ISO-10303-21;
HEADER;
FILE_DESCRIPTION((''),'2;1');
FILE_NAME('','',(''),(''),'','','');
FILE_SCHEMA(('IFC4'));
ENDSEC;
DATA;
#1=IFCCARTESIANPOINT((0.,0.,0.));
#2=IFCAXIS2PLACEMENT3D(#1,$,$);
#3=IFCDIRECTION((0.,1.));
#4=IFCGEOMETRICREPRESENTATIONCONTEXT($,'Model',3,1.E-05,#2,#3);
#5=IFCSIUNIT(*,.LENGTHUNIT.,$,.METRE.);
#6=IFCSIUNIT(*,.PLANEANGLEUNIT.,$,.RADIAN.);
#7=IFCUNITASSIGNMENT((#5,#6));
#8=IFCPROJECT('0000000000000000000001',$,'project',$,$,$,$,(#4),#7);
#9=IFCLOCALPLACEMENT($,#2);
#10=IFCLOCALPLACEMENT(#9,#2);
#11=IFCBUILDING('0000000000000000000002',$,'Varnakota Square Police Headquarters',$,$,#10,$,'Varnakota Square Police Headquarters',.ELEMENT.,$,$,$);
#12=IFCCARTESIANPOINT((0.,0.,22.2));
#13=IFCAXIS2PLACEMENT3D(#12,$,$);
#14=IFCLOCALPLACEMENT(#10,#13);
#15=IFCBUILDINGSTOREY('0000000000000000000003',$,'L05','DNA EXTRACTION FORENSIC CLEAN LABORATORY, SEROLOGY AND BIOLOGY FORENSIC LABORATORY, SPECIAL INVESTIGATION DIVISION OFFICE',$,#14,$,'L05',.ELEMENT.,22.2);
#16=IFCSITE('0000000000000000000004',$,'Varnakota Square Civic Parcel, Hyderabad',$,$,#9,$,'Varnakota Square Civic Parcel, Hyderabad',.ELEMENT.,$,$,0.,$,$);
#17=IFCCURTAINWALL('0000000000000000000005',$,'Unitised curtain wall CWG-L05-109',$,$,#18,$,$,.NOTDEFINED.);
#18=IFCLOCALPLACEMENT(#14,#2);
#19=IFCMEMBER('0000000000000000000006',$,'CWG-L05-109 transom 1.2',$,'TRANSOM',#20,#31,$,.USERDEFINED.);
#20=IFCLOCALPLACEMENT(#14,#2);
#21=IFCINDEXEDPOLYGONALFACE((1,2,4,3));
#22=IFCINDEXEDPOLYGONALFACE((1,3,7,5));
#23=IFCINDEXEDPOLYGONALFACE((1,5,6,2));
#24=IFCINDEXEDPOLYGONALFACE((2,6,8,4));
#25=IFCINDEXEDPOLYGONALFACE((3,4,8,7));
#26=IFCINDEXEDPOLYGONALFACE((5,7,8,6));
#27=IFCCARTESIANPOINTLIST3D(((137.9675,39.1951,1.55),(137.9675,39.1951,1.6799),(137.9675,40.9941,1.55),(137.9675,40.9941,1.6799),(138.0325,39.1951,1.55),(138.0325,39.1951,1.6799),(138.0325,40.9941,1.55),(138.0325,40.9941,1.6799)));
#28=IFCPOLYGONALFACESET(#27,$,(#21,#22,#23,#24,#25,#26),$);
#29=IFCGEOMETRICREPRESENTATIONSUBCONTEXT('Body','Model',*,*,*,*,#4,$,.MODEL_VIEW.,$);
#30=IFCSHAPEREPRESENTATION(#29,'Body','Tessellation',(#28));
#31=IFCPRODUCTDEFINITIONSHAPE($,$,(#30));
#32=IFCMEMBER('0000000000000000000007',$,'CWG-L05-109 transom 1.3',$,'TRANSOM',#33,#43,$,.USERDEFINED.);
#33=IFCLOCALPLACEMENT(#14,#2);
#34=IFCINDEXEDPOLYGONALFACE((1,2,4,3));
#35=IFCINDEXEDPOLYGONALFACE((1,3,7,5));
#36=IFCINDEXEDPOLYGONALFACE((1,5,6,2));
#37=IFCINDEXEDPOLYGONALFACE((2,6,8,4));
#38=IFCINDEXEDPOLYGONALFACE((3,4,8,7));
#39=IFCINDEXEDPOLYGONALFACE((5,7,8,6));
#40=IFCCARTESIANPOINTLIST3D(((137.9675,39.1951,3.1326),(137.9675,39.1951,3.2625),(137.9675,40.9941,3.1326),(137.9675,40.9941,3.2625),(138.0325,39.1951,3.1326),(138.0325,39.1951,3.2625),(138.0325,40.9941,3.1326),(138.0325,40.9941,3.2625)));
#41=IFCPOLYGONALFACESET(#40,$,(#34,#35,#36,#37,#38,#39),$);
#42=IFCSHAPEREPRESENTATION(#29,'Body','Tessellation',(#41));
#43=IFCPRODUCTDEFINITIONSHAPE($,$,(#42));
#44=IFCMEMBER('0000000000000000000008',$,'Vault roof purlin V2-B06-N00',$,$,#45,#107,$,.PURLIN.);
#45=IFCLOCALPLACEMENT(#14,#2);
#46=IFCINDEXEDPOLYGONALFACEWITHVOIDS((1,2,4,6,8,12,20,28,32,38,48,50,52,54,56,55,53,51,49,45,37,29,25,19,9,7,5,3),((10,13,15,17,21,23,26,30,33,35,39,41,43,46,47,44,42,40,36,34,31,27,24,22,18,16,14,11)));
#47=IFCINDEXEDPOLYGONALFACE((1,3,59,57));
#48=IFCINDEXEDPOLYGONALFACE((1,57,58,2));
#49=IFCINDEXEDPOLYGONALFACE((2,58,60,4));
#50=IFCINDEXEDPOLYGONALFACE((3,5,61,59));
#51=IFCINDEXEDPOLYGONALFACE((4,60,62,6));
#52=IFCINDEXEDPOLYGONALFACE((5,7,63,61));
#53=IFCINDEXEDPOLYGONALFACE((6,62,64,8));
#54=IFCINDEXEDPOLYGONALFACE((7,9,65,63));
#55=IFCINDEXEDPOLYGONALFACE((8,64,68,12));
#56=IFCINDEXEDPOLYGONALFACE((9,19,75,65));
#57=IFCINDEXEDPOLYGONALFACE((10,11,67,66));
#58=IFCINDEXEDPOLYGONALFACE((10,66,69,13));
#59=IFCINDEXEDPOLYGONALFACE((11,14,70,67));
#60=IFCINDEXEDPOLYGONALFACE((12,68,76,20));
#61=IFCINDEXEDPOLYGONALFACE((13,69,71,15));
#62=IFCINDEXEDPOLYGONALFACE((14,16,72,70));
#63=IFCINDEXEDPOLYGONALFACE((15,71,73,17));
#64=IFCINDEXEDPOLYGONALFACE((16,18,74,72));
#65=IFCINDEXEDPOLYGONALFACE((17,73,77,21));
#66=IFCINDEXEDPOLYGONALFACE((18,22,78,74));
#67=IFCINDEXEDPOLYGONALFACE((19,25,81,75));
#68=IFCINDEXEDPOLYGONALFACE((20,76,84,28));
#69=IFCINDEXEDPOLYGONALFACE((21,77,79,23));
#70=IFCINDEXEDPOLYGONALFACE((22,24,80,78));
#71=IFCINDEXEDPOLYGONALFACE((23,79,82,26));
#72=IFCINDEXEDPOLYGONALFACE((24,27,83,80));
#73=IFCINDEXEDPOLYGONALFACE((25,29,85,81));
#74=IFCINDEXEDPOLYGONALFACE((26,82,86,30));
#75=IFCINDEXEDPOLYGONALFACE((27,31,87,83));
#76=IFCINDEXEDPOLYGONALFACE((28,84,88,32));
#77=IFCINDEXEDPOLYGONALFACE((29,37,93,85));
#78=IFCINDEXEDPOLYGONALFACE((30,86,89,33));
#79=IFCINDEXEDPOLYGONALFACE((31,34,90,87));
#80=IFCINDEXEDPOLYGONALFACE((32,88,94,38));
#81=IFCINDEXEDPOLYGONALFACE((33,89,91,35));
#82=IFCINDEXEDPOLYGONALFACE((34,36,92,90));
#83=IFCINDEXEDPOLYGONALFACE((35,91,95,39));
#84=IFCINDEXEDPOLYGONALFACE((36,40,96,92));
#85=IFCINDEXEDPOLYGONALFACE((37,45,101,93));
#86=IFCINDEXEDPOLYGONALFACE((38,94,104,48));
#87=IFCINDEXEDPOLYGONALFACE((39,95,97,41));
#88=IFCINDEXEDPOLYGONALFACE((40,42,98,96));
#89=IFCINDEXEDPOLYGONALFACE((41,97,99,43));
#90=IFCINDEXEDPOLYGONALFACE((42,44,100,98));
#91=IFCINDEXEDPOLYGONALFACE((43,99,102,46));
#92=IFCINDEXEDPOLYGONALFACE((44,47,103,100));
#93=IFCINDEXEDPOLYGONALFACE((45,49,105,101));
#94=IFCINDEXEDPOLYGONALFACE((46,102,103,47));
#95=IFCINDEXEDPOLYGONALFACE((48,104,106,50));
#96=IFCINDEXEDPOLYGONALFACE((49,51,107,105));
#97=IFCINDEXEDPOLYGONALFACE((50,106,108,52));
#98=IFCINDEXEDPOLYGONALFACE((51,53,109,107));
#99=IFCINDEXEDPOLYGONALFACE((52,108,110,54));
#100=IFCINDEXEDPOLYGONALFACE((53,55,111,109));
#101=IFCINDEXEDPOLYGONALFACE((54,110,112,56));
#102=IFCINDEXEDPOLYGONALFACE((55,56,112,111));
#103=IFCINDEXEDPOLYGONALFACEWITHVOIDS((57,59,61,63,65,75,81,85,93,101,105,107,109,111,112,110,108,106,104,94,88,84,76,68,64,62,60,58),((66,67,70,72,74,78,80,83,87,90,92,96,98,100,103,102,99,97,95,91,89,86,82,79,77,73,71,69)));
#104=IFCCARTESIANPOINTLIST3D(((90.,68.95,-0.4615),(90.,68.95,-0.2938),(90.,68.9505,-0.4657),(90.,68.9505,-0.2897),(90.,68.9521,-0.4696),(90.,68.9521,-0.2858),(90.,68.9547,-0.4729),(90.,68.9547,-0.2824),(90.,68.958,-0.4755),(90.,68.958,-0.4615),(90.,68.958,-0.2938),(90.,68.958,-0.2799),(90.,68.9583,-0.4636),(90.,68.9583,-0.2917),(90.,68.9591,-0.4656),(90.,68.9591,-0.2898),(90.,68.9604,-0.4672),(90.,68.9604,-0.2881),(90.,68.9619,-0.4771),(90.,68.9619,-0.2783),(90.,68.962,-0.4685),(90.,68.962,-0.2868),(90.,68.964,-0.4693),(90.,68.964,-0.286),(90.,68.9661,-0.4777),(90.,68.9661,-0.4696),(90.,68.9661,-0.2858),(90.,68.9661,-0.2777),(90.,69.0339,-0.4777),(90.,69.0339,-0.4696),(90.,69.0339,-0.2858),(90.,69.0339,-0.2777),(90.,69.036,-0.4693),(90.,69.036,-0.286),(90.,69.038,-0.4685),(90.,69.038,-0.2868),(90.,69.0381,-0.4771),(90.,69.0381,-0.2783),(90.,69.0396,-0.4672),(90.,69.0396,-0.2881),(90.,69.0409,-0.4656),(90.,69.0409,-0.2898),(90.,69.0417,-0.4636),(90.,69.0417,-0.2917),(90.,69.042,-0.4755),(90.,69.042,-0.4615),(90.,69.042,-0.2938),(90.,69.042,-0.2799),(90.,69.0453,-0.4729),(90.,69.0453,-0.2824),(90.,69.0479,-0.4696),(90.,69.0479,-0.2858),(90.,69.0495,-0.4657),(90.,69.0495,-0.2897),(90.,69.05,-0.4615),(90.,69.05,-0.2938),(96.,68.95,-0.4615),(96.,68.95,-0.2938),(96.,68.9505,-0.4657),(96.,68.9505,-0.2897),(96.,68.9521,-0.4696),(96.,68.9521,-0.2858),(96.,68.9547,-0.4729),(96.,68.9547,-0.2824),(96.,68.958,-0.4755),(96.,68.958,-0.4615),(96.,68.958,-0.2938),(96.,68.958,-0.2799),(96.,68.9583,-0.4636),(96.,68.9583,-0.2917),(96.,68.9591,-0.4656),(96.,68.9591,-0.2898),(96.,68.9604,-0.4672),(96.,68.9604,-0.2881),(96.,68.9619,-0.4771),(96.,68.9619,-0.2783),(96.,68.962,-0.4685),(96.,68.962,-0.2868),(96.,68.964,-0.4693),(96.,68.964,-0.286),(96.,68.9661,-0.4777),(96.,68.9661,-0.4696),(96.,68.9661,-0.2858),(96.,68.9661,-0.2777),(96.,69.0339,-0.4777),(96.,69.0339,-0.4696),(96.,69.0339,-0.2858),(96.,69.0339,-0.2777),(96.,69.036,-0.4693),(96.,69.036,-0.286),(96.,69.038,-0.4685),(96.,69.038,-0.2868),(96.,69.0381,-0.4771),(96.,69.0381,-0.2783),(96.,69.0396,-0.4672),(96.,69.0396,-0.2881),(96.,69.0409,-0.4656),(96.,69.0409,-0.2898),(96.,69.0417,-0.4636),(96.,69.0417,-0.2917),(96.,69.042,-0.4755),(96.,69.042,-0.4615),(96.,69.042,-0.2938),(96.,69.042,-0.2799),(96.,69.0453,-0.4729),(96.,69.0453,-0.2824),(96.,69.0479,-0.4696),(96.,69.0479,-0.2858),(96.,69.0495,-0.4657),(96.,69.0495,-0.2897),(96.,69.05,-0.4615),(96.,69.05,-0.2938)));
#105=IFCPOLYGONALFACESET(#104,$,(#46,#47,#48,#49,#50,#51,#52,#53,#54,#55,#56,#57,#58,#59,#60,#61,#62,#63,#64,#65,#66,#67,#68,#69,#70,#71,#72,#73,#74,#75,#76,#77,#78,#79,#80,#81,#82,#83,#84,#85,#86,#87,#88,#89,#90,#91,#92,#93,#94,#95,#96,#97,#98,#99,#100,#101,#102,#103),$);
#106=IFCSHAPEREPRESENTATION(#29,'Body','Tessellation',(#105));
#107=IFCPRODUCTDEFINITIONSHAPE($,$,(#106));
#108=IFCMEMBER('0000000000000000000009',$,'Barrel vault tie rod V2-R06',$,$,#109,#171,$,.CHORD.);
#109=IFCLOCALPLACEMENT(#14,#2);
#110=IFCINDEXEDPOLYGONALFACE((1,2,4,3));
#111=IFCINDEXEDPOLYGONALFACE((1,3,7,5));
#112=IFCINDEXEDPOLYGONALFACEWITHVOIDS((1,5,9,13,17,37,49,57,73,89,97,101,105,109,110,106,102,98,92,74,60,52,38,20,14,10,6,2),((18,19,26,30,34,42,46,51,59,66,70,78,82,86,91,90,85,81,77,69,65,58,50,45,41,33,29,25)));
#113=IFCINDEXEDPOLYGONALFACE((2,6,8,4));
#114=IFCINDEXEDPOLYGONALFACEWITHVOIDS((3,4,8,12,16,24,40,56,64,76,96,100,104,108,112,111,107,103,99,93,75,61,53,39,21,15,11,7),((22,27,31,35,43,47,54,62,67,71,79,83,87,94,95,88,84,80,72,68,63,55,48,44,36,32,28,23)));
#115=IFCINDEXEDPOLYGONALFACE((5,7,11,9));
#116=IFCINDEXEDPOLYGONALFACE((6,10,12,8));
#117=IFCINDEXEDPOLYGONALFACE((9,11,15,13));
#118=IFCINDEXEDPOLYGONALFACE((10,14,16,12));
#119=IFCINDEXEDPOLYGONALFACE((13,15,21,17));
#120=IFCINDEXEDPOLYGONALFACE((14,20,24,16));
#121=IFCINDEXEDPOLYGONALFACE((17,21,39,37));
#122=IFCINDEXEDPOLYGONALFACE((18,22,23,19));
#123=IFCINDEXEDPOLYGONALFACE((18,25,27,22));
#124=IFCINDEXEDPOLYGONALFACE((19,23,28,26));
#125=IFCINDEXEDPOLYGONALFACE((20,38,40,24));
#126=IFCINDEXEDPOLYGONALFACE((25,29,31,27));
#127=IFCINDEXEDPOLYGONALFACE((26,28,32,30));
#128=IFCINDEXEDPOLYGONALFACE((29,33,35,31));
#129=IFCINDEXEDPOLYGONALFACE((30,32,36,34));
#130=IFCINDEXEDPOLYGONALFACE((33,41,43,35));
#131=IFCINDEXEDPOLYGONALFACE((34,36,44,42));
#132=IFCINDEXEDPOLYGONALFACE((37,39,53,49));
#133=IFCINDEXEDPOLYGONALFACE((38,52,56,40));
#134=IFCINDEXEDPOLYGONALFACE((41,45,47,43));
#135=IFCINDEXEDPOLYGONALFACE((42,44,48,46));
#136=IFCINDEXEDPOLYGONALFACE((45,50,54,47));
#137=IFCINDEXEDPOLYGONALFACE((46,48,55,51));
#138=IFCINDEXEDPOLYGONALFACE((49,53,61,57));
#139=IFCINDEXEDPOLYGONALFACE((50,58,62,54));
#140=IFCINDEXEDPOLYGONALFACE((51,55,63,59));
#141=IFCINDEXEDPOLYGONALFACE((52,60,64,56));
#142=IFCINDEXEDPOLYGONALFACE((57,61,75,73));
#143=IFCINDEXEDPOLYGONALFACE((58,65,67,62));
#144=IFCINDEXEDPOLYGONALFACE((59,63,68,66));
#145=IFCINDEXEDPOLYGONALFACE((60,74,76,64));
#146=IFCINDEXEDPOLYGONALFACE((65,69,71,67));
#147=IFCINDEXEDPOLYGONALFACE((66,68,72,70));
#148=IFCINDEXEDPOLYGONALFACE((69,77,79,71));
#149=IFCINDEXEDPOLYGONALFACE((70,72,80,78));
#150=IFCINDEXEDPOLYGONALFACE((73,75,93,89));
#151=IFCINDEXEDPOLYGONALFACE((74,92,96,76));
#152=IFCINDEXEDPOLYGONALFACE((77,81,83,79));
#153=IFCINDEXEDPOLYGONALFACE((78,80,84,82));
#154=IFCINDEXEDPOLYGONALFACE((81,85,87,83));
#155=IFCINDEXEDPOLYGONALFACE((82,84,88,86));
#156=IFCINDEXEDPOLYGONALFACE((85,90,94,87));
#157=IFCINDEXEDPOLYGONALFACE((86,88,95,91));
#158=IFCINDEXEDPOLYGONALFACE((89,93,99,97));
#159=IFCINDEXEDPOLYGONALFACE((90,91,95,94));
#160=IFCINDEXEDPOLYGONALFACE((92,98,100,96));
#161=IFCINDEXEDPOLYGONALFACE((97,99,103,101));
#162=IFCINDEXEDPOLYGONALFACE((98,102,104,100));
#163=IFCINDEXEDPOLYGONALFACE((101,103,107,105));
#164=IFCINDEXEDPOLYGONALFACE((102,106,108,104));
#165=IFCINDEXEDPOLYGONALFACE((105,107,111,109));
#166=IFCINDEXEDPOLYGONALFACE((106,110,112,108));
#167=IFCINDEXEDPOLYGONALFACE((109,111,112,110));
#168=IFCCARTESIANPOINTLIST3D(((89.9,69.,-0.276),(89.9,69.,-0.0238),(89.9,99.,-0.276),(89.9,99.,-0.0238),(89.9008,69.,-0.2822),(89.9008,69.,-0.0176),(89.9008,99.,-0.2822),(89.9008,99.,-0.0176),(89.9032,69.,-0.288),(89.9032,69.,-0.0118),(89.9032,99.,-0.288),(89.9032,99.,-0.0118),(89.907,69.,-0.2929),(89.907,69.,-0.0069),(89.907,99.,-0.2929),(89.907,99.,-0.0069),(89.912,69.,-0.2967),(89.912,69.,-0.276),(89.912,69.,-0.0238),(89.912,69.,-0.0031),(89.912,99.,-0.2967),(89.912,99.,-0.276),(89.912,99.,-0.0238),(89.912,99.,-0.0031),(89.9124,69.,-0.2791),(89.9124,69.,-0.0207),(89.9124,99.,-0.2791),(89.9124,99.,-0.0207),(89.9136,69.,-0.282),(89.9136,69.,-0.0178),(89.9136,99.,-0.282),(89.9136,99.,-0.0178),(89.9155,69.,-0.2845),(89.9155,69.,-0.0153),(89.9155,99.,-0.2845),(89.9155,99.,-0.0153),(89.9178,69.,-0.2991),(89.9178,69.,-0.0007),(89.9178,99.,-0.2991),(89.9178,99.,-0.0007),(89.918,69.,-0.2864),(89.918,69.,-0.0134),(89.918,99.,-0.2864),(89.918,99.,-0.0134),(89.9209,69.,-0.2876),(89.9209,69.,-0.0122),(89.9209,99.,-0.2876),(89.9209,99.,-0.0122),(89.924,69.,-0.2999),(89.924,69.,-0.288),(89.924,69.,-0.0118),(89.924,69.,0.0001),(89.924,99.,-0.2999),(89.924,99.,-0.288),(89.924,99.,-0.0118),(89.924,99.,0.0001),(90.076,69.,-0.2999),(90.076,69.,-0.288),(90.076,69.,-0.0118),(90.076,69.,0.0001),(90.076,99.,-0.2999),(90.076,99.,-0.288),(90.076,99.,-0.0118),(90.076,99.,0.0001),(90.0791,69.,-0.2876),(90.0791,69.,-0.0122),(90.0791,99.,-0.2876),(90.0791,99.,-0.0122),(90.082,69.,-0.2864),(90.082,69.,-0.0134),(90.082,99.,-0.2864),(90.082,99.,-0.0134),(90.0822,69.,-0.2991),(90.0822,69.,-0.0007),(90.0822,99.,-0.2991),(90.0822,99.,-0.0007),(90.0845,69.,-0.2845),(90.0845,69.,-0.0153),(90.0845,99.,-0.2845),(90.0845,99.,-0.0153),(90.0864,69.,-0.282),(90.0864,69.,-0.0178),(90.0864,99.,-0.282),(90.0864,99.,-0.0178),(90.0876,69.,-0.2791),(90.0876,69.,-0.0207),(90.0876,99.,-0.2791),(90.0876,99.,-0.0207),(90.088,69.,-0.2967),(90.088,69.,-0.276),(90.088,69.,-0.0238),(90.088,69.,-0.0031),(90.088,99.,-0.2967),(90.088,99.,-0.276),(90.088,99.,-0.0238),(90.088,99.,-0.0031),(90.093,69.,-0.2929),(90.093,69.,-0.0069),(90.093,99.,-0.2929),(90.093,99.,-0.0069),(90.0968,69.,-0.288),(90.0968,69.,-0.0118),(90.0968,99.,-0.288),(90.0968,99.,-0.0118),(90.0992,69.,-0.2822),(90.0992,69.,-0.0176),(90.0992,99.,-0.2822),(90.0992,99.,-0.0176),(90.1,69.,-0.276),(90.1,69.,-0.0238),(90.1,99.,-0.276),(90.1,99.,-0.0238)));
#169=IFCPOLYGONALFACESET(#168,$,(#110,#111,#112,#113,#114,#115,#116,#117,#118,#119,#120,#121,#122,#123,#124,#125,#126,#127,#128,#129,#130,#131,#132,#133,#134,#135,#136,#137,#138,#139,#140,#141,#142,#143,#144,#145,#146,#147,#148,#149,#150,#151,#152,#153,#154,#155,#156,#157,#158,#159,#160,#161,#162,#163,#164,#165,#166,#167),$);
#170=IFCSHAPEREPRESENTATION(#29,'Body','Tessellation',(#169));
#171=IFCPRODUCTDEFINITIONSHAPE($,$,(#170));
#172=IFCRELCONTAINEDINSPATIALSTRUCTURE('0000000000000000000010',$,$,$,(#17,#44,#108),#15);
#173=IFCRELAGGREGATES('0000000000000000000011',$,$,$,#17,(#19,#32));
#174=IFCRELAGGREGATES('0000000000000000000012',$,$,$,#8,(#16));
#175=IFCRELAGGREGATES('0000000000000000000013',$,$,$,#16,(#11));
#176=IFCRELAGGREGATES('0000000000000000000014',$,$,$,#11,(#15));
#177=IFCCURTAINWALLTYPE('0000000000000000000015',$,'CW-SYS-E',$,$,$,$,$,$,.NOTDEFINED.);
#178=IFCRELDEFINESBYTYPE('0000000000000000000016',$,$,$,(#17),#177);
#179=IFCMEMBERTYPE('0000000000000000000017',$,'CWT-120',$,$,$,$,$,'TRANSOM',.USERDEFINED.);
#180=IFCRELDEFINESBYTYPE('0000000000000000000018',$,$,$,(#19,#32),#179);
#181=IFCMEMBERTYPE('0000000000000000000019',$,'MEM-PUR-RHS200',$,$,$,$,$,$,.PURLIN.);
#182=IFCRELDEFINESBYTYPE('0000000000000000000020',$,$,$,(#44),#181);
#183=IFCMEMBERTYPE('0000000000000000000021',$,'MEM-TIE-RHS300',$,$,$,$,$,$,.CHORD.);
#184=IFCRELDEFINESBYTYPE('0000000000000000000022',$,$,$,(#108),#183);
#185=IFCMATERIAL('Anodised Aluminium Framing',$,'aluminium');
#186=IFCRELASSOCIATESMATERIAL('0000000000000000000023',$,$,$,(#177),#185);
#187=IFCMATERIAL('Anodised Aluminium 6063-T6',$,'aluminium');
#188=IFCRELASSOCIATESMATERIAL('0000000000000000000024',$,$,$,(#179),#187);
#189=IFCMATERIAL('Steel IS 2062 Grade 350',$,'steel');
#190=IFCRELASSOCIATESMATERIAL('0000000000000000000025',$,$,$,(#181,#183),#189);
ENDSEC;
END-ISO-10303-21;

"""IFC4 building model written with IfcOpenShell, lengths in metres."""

from ifc_helpers import new_model, si_unit, direction, frame, origin, origin_2d, place, context, subcontext, project, spatial, rectangle, hollow_rectangle, extrude, material, material_profile, profile_set, type_object, element, aggregate, save


model = new_model("IFC4")

# Units and contexts
model_context = context("Model", 3, precision=1e-05, world=origin(), true_north=direction((0.0, 1.0)))
body_context = subcontext(model_context, "Body", "Model", "MODEL_VIEW")
ifc_project = project(units=[si_unit("LENGTHUNIT", "METRE"), si_unit("PLANEANGLEUNIT", "RADIAN")], contexts=[model_context])

# Site, building, storey
site_placement = place(None, origin())
site = spatial("IfcSite", under=ifc_project, at=site_placement, Name="Varnakota Square Civic Parcel, Hyderabad", LongName="Varnakota Square Civic Parcel, Hyderabad", CompositionType="ELEMENT", RefElevation=0.0)
building_placement = place(site_placement, origin())
building = spatial("IfcBuilding", under=site, at=building_placement, Name="Varnakota Square Police Headquarters", LongName="Varnakota Square Police Headquarters", CompositionType="ELEMENT")
storey_placement = place(building_placement, frame((0.0, 0.0, 22.2)))
storey = spatial("IfcBuildingStorey", under=building, at=storey_placement, Name="L05", Description="DNA EXTRACTION FORENSIC CLEAN LABORATORY, SEROLOGY AND BIOLOGY FORENSIC LABORATORY, SPECIAL INVESTIGATION DIVISION OFFICE", LongName="L05", CompositionType="ELEMENT", Elevation=22.2)

# Shared definitions
ifc_material_1 = material(Name="Steel IS 2062 Grade 350", Category="steel")

# Shared definitions
ifc_material_2 = material(Name="Anodised Aluminium Framing", Category="aluminium")
curtain_wall_type = type_object("IfcCurtainWallType", Name="CW-SYS-E", PredefinedType="NOTDEFINED", material=ifc_material_2)
ifc_material_3 = material(Name="Anodised Aluminium 6063-T6", Category="aluminium")

# Curtain wall
curtain_wall_1_placement = place(storey_placement, origin())
curtain_wall_1 = element("IfcCurtainWall", 1, at=curtain_wall_1_placement, inside=storey, type_object=curtain_wall_type, Name="Unitised curtain wall CWG-L05-109", PredefinedType="NOTDEFINED")

# Members
ifc_material_profile_1 = material_profile(ifc_material_3, rectangle(XDim=0.0649, YDim=0.1299, at=origin_2d()), Name="ALU TRANSOM 65x130")
ifc_profile_set_1 = profile_set([ifc_material_profile_1], Name="Anodised Aluminium 6063-T6")
member_type_1 = type_object("IfcMemberType", Name="CWT-120", ElementType="TRANSOM", PredefinedType="USERDEFINED", material=ifc_profile_set_1)
member_1_placement = place(storey_placement, frame((138.0, 39.1951, 1.615), z_axis=(0.0, 1.0, 0.0), x_axis=(-1.0, 0.0, 0.0)))
member_1 = element("IfcMember", 2, at=member_1_placement, type_object=member_type_1, Name="CWG-L05-109 transom 1.2", ObjectType="TRANSOM", PredefinedType="USERDEFINED", context=body_context, shape_type="SweptSolid", body=[
    extrude(rectangle(XDim=0.0649, YDim=0.1299, at=origin_2d()), origin(), (0.0, 0.0, 1.0), 1.7991),
])
member_2_placement = place(storey_placement, frame((138.0, 39.1951, 3.1975), z_axis=(0.0, 1.0, 0.0), x_axis=(-1.0, 0.0, 0.0)))
member_2 = element("IfcMember", 3, at=member_2_placement, type_object=member_type_1, Name="CWG-L05-109 transom 1.3", ObjectType="TRANSOM", PredefinedType="USERDEFINED", context=body_context, shape_type="SweptSolid", body=[
    extrude(rectangle(XDim=0.0649, YDim=0.1299, at=origin_2d()), origin(), (0.0, 0.0, 1.0), 1.7991),
])
aggregate(curtain_wall_1, [member_1, member_2])

# Members
ifc_material_profile_2 = material_profile(ifc_material_1, hollow_rectangle(XDim=0.1001, YDim=0.2, WallThickness=0.0081, InnerFilletRadius=0.0081, OuterFilletRadius=0.0161, at=origin_2d()), Name="RHS 200x100x8")
ifc_profile_set_2 = profile_set([ifc_material_profile_2], Name="Steel IS 2062 Grade 350")
member_type_2 = type_object("IfcMemberType", Name="MEM-PUR-RHS200", PredefinedType="PURLIN", material=ifc_profile_set_2)
member_3_placement = place(storey_placement, frame((90.0, 69.0, -0.3777), z_axis=(1.0, 0.0, 0.0), x_axis=(0.0, 1.0, 0.0)))
element("IfcMember", 4, at=member_3_placement, inside=storey, type_object=member_type_2, Name="Vault roof purlin V2-B06-N00", PredefinedType="PURLIN", context=body_context, shape_type="SweptSolid", body=[
    extrude(hollow_rectangle(XDim=0.1001, YDim=0.2, WallThickness=0.0081, InnerFilletRadius=0.0081, OuterFilletRadius=0.0161, at=origin_2d()), origin(), (0.0, 0.0, 1.0), 6.0),
])
ifc_material_profile_3 = material_profile(ifc_material_1, hollow_rectangle(XDim=0.2, YDim=0.3, WallThickness=0.012, InnerFilletRadius=0.012, OuterFilletRadius=0.0239, at=origin_2d()), Name="RHS 300x200x12")
ifc_profile_set_3 = profile_set([ifc_material_profile_3], Name="Steel IS 2062 Grade 350")
member_type_3 = type_object("IfcMemberType", Name="MEM-TIE-RHS300", PredefinedType="CHORD", material=ifc_profile_set_3)
for number, where, z_axis, x_axis, name in (
    (5, (90.0, 69.0, -0.1499), (0.0, 1.0, 0.0), (-1.0, 0.0, 0.0), "Barrel vault tie rod V2-R06"),
):
    element("IfcMember", number, at=place(storey_placement, frame(where, z_axis=z_axis, x_axis=x_axis)), inside=storey, type_object=member_type_3, Name=name, PredefinedType="CHORD", context=body_context, shape_type="SweptSolid", body=[
        extrude(hollow_rectangle(XDim=0.2, YDim=0.3, WallThickness=0.012, InnerFilletRadius=0.012, OuterFilletRadius=0.0239, at=origin_2d()), origin(), (0.0, 0.0, 1.0), 30.0),
    ])

save(model, "model.ifc")
